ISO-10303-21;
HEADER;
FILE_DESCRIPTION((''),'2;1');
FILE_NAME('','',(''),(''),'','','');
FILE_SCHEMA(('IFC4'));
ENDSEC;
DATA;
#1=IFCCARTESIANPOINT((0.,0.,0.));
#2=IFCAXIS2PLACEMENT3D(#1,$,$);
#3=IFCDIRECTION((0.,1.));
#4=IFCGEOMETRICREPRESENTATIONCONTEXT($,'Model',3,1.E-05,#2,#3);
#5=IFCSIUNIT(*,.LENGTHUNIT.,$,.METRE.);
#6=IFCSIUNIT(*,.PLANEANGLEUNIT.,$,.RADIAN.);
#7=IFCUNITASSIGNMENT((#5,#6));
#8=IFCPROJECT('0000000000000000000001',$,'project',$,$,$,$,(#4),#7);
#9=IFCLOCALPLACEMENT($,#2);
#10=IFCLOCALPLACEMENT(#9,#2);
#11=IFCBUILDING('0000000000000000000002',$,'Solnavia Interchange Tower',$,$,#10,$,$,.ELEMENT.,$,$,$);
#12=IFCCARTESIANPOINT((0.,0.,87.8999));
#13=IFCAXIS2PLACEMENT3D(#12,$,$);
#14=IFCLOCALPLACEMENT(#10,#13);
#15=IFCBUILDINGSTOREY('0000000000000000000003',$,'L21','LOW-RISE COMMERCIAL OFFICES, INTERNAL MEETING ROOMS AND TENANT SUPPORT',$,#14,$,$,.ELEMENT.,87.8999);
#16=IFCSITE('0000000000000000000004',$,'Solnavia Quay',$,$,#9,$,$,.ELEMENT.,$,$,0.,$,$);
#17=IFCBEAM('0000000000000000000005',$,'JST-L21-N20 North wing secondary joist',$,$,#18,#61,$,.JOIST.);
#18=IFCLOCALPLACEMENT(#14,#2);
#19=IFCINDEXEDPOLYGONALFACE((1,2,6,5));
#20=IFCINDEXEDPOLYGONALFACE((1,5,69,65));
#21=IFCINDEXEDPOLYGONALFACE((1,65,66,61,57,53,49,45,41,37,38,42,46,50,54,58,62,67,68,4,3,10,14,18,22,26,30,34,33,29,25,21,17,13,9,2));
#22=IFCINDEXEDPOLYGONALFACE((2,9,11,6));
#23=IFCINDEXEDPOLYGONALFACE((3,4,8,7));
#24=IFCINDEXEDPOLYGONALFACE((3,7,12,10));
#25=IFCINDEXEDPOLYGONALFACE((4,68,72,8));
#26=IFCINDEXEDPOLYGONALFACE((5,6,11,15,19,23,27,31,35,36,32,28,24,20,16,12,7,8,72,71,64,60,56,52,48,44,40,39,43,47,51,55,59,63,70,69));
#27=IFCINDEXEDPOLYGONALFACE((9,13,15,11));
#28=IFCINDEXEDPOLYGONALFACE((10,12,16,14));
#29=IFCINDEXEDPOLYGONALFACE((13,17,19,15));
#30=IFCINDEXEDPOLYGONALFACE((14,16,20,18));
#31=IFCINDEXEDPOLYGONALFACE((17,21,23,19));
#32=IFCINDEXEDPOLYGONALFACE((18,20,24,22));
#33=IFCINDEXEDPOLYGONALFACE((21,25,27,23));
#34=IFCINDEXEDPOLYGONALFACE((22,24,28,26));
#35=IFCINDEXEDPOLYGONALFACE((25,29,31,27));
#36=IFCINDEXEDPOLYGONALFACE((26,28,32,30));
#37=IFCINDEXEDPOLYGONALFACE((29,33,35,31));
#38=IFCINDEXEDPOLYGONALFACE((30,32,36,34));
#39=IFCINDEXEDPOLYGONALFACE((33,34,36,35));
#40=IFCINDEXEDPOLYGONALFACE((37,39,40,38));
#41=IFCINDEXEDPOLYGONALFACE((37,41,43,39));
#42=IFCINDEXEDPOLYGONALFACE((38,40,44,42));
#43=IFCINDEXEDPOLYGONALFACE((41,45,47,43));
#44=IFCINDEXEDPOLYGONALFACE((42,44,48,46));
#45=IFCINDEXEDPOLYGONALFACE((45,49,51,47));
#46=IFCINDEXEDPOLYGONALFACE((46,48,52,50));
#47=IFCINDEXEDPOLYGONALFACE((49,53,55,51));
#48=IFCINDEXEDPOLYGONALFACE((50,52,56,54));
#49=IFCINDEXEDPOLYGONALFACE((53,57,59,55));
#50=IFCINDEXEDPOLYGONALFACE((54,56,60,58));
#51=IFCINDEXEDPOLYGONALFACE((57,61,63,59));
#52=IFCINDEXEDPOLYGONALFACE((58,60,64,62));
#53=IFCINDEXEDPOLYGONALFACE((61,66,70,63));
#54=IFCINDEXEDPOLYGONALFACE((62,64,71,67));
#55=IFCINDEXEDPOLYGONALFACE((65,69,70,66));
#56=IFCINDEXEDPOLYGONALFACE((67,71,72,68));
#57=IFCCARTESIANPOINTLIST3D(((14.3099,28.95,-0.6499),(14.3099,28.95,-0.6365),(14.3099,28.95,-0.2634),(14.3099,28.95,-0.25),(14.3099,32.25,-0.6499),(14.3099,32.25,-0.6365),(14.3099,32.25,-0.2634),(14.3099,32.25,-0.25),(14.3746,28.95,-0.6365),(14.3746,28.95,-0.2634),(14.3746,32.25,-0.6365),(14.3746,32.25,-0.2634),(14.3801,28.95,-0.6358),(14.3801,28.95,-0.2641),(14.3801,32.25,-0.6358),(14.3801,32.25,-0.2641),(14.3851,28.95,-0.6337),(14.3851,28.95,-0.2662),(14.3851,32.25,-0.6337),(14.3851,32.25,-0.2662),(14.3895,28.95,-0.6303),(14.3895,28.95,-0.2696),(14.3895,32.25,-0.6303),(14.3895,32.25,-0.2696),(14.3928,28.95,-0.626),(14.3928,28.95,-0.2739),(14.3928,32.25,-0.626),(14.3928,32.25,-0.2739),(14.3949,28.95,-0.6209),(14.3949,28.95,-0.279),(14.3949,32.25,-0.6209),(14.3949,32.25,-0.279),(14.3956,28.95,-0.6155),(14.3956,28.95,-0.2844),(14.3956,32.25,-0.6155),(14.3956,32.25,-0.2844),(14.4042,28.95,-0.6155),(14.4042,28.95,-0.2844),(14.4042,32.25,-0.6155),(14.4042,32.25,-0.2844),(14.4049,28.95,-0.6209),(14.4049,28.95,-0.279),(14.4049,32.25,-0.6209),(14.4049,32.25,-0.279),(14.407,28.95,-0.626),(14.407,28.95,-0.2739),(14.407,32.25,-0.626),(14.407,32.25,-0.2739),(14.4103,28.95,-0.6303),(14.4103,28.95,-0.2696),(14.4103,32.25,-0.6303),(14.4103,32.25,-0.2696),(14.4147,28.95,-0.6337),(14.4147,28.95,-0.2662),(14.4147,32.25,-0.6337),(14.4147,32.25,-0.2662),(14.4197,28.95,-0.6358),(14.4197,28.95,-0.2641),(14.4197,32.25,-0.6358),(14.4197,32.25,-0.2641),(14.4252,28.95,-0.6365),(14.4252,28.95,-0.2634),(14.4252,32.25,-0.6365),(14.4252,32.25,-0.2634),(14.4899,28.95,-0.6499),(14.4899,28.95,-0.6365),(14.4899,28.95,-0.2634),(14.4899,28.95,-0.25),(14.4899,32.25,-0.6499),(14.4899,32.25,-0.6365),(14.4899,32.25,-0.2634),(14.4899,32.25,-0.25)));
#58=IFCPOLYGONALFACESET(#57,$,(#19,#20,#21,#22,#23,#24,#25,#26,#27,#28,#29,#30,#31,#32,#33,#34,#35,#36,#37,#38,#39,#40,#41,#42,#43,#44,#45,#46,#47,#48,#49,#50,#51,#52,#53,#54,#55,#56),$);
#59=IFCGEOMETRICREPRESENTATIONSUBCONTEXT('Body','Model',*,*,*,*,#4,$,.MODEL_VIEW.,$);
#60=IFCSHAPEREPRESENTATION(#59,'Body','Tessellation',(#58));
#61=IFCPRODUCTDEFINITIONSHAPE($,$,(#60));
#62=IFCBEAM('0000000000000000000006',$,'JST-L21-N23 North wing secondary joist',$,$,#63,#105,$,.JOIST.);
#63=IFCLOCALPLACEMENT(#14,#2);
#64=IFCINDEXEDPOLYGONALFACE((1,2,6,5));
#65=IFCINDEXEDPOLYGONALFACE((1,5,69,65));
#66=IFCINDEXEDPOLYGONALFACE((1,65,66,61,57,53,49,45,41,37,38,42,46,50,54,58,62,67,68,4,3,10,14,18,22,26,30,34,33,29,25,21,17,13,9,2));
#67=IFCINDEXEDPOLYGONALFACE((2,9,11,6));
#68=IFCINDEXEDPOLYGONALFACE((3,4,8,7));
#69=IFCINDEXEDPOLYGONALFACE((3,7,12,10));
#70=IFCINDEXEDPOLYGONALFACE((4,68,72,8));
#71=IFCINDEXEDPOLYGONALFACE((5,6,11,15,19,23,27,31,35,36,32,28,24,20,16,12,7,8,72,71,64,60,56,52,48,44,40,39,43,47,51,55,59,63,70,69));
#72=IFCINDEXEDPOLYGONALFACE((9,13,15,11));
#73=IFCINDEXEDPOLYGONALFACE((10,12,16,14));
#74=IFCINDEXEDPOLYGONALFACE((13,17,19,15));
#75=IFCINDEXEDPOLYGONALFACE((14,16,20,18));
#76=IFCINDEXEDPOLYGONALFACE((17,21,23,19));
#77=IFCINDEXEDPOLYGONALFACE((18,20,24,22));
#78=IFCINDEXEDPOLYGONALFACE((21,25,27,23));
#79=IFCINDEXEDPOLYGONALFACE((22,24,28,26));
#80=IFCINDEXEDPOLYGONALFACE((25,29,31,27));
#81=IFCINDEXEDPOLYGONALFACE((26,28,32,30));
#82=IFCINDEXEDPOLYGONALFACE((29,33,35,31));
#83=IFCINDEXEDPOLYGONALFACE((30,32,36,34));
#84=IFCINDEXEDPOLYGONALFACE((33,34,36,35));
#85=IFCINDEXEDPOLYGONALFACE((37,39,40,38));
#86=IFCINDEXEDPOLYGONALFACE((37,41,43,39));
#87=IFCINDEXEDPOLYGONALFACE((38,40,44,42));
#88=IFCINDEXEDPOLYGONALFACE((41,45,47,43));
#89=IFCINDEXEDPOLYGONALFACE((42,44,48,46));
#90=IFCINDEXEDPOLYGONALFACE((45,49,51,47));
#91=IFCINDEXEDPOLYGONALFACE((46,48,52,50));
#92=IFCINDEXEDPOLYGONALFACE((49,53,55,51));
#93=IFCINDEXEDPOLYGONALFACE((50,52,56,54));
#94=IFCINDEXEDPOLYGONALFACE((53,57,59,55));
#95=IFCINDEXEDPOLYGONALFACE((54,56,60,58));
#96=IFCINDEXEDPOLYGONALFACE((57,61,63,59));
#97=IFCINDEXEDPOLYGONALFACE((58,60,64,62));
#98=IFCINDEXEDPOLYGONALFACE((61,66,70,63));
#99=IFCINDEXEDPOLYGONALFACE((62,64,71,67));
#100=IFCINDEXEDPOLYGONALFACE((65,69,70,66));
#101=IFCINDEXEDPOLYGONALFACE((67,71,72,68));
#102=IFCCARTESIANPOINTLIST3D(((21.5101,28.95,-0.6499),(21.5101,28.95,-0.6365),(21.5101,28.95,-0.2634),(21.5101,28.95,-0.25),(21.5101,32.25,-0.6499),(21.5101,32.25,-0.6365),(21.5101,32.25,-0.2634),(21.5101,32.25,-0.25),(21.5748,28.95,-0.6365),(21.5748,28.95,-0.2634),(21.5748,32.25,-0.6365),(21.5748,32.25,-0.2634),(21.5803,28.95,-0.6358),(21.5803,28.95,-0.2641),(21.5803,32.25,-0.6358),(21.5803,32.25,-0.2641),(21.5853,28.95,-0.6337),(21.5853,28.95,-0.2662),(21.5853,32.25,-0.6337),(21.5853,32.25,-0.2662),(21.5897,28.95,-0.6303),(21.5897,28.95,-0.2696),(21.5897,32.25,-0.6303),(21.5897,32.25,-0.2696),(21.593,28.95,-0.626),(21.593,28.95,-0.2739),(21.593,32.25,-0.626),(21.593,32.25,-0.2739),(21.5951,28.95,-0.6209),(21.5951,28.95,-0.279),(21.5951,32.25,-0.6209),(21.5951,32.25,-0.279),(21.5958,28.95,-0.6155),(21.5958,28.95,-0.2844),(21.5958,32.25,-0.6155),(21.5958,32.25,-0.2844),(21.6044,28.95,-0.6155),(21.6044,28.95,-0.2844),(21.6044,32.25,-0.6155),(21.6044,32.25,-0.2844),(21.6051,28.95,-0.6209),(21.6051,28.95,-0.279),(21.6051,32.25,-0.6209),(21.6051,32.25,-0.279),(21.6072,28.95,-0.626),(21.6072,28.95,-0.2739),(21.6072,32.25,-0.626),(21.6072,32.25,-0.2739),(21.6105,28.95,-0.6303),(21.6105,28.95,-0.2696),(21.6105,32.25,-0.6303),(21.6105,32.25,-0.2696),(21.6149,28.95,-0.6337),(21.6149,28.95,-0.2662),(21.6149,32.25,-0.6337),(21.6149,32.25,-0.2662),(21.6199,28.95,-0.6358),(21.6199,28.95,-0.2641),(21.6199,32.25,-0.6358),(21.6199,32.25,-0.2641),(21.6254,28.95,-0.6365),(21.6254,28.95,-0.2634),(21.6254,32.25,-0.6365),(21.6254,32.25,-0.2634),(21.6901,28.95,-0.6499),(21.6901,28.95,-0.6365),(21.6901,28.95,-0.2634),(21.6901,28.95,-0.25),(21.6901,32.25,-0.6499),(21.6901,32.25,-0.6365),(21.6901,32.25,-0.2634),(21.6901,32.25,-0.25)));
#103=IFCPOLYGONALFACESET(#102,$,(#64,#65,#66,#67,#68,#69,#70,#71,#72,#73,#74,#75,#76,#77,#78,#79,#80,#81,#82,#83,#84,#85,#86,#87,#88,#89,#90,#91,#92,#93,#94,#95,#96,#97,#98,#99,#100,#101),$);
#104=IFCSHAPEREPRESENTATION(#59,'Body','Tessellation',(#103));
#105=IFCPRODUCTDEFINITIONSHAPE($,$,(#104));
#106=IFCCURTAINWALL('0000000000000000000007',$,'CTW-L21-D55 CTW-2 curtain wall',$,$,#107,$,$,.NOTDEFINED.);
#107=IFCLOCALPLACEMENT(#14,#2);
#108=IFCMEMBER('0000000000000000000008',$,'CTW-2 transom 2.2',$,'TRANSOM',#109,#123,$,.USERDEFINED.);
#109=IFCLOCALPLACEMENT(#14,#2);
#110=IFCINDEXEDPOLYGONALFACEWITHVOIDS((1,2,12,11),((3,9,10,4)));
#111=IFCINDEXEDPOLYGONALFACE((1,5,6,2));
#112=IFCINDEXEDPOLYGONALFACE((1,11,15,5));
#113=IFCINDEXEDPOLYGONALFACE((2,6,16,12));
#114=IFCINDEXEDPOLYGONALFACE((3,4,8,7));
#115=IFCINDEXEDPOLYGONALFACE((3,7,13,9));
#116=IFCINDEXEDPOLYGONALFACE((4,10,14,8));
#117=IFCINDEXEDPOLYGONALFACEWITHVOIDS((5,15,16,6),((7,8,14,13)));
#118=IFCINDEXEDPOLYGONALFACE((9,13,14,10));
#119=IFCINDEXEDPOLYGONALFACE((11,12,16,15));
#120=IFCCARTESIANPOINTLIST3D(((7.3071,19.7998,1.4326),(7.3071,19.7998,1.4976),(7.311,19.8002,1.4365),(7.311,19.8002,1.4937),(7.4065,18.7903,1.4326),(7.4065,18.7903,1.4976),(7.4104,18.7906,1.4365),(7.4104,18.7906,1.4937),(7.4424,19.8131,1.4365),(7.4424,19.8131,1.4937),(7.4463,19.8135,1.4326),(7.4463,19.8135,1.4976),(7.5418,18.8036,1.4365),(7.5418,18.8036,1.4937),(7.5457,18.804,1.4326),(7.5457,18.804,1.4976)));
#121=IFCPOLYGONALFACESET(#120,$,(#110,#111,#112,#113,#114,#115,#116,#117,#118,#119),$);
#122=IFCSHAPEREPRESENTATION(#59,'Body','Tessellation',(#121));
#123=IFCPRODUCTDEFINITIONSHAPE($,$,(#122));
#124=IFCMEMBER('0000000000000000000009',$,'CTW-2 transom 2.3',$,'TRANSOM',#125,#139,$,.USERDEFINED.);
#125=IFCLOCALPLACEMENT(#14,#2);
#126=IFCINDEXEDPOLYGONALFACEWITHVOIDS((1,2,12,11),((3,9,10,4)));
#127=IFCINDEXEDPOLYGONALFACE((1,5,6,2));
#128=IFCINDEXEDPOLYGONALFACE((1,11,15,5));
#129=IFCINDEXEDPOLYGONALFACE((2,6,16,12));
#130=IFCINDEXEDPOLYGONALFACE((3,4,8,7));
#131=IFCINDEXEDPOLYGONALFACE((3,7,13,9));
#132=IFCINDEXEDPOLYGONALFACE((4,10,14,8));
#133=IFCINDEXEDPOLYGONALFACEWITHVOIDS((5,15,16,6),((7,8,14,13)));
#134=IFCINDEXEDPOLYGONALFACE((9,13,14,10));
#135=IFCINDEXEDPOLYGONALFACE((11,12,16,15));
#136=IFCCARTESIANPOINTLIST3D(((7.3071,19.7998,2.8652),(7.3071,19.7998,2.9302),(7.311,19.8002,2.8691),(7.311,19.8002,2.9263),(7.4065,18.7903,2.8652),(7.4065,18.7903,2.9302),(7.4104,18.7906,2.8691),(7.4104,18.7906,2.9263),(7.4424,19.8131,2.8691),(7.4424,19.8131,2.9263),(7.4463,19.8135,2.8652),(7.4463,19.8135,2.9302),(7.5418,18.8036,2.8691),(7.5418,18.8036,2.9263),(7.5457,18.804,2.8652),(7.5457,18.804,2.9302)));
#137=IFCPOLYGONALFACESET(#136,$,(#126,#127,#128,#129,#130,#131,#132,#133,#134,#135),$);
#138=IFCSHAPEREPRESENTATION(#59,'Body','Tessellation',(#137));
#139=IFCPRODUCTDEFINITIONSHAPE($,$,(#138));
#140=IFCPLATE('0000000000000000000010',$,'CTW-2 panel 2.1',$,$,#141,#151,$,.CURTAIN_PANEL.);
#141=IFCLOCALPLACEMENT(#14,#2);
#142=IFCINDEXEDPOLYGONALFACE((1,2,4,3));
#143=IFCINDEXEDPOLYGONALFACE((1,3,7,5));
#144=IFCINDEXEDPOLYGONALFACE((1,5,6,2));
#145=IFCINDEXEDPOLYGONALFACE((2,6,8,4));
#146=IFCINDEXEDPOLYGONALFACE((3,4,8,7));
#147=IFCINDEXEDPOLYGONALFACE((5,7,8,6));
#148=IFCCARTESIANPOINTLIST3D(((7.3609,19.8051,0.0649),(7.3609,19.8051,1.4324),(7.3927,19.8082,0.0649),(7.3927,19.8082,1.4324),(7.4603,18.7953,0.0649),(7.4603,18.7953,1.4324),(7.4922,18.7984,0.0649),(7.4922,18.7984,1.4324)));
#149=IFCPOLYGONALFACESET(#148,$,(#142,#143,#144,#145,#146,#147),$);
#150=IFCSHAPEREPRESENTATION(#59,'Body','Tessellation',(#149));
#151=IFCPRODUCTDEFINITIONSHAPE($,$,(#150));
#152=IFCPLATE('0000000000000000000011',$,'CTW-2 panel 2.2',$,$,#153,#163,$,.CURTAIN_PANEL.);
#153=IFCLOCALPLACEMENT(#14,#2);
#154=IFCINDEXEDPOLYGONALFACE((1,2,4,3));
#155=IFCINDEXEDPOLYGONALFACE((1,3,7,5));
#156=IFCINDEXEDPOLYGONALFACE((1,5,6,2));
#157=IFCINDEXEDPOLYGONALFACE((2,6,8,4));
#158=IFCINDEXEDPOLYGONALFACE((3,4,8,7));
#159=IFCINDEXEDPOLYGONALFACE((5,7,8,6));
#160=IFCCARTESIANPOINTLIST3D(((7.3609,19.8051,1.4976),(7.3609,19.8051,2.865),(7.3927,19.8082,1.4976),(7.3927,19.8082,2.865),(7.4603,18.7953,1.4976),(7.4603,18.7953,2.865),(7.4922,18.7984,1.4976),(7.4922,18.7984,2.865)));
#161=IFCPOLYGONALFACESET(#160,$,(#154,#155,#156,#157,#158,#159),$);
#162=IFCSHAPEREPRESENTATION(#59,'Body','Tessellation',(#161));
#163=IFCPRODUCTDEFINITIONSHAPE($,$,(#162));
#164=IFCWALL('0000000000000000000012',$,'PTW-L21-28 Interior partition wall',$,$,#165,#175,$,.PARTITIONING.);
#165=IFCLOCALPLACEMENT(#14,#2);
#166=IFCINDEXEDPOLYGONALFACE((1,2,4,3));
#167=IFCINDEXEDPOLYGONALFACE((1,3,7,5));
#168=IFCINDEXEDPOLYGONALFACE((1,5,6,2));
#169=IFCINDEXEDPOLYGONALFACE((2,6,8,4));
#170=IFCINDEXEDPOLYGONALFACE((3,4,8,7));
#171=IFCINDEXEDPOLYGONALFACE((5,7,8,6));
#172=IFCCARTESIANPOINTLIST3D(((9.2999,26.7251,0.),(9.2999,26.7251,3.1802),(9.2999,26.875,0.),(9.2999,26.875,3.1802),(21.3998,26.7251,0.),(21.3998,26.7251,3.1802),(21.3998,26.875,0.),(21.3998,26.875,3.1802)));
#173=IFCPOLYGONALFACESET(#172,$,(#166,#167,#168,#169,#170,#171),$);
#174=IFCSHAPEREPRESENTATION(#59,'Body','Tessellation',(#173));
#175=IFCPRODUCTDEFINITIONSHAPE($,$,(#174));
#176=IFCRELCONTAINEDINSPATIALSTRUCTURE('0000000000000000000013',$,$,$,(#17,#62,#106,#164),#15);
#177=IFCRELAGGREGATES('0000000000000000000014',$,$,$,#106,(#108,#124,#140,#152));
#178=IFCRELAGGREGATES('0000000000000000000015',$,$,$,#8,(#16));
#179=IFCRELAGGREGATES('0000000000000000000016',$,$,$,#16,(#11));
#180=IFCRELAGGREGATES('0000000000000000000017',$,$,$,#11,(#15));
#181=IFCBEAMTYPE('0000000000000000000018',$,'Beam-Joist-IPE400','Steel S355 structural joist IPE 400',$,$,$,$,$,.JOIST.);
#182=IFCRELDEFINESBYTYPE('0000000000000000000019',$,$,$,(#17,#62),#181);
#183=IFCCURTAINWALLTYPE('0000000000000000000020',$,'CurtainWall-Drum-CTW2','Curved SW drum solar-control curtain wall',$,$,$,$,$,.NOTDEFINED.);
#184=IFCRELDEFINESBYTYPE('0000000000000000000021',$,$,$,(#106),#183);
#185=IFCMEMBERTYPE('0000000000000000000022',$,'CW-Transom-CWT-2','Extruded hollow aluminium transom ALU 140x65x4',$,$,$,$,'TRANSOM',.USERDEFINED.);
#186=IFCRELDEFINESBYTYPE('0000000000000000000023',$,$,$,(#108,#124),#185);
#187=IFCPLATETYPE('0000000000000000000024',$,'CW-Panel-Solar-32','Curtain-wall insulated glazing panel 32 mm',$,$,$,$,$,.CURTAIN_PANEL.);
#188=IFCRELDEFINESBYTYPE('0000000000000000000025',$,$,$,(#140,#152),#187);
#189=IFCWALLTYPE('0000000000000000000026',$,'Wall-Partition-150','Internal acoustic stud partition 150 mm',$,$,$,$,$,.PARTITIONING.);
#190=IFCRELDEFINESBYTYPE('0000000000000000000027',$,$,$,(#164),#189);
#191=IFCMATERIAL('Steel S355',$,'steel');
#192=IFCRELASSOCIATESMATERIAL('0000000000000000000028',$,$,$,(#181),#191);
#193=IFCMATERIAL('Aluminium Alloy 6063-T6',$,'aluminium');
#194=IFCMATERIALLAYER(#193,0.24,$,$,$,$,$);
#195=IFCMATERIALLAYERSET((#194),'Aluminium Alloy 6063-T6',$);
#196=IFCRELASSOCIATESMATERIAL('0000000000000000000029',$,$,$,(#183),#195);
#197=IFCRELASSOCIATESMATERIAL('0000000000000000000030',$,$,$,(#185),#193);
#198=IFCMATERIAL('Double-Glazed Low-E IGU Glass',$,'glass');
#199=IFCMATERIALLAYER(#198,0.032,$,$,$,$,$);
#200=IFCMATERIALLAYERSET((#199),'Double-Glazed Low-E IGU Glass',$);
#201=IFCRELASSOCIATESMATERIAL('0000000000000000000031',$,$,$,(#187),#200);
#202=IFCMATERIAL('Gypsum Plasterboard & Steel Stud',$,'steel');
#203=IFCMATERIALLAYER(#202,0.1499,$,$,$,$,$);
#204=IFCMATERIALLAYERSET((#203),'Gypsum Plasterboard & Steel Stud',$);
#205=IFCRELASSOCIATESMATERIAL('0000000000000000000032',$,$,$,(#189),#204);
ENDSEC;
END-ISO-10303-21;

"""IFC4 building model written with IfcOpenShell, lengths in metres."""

from ifc_helpers import new_model, si_unit, direction, frame, frame_2d, origin, origin_2d, place, context, subcontext, project, spatial, rectangle, hollow_rectangle, i_section, extrude, material, layer, layer_set, material_profile, profile_set, type_object, element, aggregate, save


model = new_model("IFC4")

# Units and contexts
model_context = context("Model", 3, precision=1e-05, world=origin(), true_north=direction((0.0, 1.0)))
body_context = subcontext(model_context, "Body", "Model", "MODEL_VIEW")
ifc_project = project(units=[si_unit("LENGTHUNIT", "METRE"), si_unit("PLANEANGLEUNIT", "RADIAN")], contexts=[model_context])

# Site, building, storey
site_placement = place(None, origin())
site = spatial("IfcSite", under=ifc_project, at=site_placement, Name="Solnavia Quay", CompositionType="ELEMENT", RefElevation=0.0)
building_placement = place(site_placement, origin())
building = spatial("IfcBuilding", under=site, at=building_placement, Name="Solnavia Interchange Tower", CompositionType="ELEMENT")
storey_placement = place(building_placement, frame((0.0, 0.0, 87.8999)))
storey = spatial("IfcBuildingStorey", under=building, at=storey_placement, Name="L21", Description="LOW-RISE COMMERCIAL OFFICES, INTERNAL MEETING ROOMS AND TENANT SUPPORT", CompositionType="ELEMENT", Elevation=87.8999)

# Shared definitions
ifc_material_1 = material(Name="Steel S355", Category="steel")

# Beams
ifc_material_profile_1 = material_profile(ifc_material_1, i_section(OverallWidth=0.1799, OverallDepth=0.3999, WebThickness=0.0085, FlangeThickness=0.0134, FilletRadius=0.021, at=origin_2d()), Name="IPE 400")
ifc_profile_set_1 = profile_set([ifc_material_profile_1], Name="Steel S355")
beam_type_1 = type_object("IfcBeamType", Name="Beam-Joist-IPE400", Description="Steel S355 structural joist IPE 400", PredefinedType="JOIST", material=ifc_profile_set_1)
for number, where, z_axis, x_axis, name in (
    (1, (14.3999, 28.95, -0.45), (0.0, 1.0, 0.0), (-1.0, 0.0, 0.0), "JST-L21-N20 North wing secondary joist"),
    (2, (21.6001, 28.95, -0.45), (0.0, 1.0, 0.0), (-1.0, 0.0, 0.0), "JST-L21-N23 North wing secondary joist"),
):
    element("IfcBeam", number, at=place(storey_placement, frame(where, z_axis=z_axis, x_axis=x_axis)), inside=storey, type_object=beam_type_1, Name=name, PredefinedType="JOIST", context=body_context, shape_type="SweptSolid", body=[
        extrude(i_section(OverallWidth=0.1799, OverallDepth=0.3999, WebThickness=0.0085, FlangeThickness=0.0134, FilletRadius=0.021, at=origin_2d()), origin(), (0.0, 0.0, 1.0), 3.3),
    ])

# Curtain wall, members, plates
ifc_material_2 = material(Name="Aluminium Alloy 6063-T6", Category="aluminium")
ifc_layer_1 = layer(ifc_material_2, 0.24)
ifc_layer_set_1 = layer_set([ifc_layer_1], Name="Aluminium Alloy 6063-T6")
curtain_wall_type = type_object("IfcCurtainWallType", Name="CurtainWall-Drum-CTW2", Description="Curved SW drum solar-control curtain wall", PredefinedType="NOTDEFINED", material=ifc_layer_set_1)
curtain_wall_placement = place(storey_placement, origin())
curtain_wall = element("IfcCurtainWall", 3, at=curtain_wall_placement, inside=storey, type_object=curtain_wall_type, Name="CTW-L21-D55 CTW-2 curtain wall", PredefinedType="NOTDEFINED")
ifc_material_profile_2 = material_profile(ifc_material_2, hollow_rectangle(XDim=0.0649, YDim=0.1399, WallThickness=0.0039, at=origin_2d()), Name="ALU 140x65x4")
ifc_profile_set_2 = profile_set([ifc_material_profile_2], Name="Aluminium Alloy 6063-T6")
member_type = type_object("IfcMemberType", Name="CW-Transom-CWT-2", Description="Extruded hollow aluminium transom ALU 140x65x4", ElementType="TRANSOM", PredefinedType="USERDEFINED", material=ifc_profile_set_2)
member_1_placement = place(storey_placement, frame((7.3767, 19.8066, 1.4651), z_axis=(0.097955, -0.995191, 0.0), x_axis=(0.0, 0.0, 1.0)))
member_1 = element("IfcMember", 4, at=member_1_placement, type_object=member_type, Name="CTW-2 transom 2.2", ObjectType="TRANSOM", PredefinedType="USERDEFINED", context=body_context, shape_type="SweptSolid", body=[
    extrude(hollow_rectangle(XDim=0.0649, YDim=0.1399, WallThickness=0.0039, at=origin_2d()), origin(), (0.0, 0.0, 1.0), 1.0144),
])
member_2_placement = place(storey_placement, frame((7.3767, 19.8066, 2.8977), z_axis=(0.097955, -0.995191, 0.0), x_axis=(0.0, 0.0, 1.0)))
member_2 = element("IfcMember", 5, at=member_2_placement, type_object=member_type, Name="CTW-2 transom 2.3", ObjectType="TRANSOM", PredefinedType="USERDEFINED", context=body_context, shape_type="SweptSolid", body=[
    extrude(hollow_rectangle(XDim=0.0649, YDim=0.1399, WallThickness=0.0039, at=origin_2d()), origin(), (0.0, 0.0, 1.0), 1.0144),
])
ifc_material_3 = material(Name="Double-Glazed Low-E IGU Glass", Category="glass")
ifc_layer_2 = layer(ifc_material_3, 0.032)
ifc_layer_set_2 = layer_set([ifc_layer_2], Name="Double-Glazed Low-E IGU Glass")
plate_type = type_object("IfcPlateType", Name="CW-Panel-Solar-32", Description="Curtain-wall insulated glazing panel 32 mm", PredefinedType="CURTAIN_PANEL", material=ifc_layer_set_2)
plate_1_placement = place(storey_placement, frame((7.4265, 19.3018, 0.0649), z_axis=(0.0, 0.0, 1.0), x_axis=(0.098045, -0.995182, 0.0)))
plate_1 = element("IfcPlate", 6, at=plate_1_placement, type_object=plate_type, Name="CTW-2 panel 2.1", PredefinedType="CURTAIN_PANEL", context=body_context, shape_type="SweptSolid", body=[
    extrude(rectangle(XDim=1.0146, YDim=0.032, at=origin_2d()), origin(), (0.0, 0.0, 1.0), 1.3674),
])
plate_2_placement = place(storey_placement, frame((7.4265, 19.3018, 1.4976), z_axis=(0.0, 0.0, 1.0), x_axis=(0.098045, -0.995182, 0.0)))
plate_2 = element("IfcPlate", 7, at=plate_2_placement, type_object=plate_type, Name="CTW-2 panel 2.2", PredefinedType="CURTAIN_PANEL", context=body_context, shape_type="SweptSolid", body=[
    extrude(rectangle(XDim=1.0146, YDim=0.032, at=origin_2d()), origin(), (0.0, 0.0, 1.0), 1.3674),
])
aggregate(curtain_wall, [member_1, member_2, plate_1, plate_2])

# Wall
ifc_material_4 = material(Name="Gypsum Plasterboard & Steel Stud", Category="steel")
ifc_layer_3 = layer(ifc_material_4, 0.1499)
ifc_layer_set_3 = layer_set([ifc_layer_3], Name="Gypsum Plasterboard & Steel Stud")
wall_type_1 = type_object("IfcWallType", Name="Wall-Partition-150", Description="Internal acoustic stud partition 150 mm", PredefinedType="PARTITIONING", material=ifc_layer_set_3)
wall_1_placement = place(storey_placement, frame((9.3, 26.8, 0.0), z_axis=(0.0, 0.0, 1.0), x_axis=(1.0, 0.0, 0.0)))
element("IfcWall", 8, at=wall_1_placement, inside=storey, type_object=wall_type_1, Name="PTW-L21-28 Interior partition wall", PredefinedType="PARTITIONING", context=body_context, shape_type="SweptSolid", body=[
    extrude(rectangle(XDim=12.0999, YDim=0.1499, at=frame_2d((6.0498, 0.0))), origin(), (0.0, 0.0, 1.0), 3.1802),
])

save(model, "model.ifc")
